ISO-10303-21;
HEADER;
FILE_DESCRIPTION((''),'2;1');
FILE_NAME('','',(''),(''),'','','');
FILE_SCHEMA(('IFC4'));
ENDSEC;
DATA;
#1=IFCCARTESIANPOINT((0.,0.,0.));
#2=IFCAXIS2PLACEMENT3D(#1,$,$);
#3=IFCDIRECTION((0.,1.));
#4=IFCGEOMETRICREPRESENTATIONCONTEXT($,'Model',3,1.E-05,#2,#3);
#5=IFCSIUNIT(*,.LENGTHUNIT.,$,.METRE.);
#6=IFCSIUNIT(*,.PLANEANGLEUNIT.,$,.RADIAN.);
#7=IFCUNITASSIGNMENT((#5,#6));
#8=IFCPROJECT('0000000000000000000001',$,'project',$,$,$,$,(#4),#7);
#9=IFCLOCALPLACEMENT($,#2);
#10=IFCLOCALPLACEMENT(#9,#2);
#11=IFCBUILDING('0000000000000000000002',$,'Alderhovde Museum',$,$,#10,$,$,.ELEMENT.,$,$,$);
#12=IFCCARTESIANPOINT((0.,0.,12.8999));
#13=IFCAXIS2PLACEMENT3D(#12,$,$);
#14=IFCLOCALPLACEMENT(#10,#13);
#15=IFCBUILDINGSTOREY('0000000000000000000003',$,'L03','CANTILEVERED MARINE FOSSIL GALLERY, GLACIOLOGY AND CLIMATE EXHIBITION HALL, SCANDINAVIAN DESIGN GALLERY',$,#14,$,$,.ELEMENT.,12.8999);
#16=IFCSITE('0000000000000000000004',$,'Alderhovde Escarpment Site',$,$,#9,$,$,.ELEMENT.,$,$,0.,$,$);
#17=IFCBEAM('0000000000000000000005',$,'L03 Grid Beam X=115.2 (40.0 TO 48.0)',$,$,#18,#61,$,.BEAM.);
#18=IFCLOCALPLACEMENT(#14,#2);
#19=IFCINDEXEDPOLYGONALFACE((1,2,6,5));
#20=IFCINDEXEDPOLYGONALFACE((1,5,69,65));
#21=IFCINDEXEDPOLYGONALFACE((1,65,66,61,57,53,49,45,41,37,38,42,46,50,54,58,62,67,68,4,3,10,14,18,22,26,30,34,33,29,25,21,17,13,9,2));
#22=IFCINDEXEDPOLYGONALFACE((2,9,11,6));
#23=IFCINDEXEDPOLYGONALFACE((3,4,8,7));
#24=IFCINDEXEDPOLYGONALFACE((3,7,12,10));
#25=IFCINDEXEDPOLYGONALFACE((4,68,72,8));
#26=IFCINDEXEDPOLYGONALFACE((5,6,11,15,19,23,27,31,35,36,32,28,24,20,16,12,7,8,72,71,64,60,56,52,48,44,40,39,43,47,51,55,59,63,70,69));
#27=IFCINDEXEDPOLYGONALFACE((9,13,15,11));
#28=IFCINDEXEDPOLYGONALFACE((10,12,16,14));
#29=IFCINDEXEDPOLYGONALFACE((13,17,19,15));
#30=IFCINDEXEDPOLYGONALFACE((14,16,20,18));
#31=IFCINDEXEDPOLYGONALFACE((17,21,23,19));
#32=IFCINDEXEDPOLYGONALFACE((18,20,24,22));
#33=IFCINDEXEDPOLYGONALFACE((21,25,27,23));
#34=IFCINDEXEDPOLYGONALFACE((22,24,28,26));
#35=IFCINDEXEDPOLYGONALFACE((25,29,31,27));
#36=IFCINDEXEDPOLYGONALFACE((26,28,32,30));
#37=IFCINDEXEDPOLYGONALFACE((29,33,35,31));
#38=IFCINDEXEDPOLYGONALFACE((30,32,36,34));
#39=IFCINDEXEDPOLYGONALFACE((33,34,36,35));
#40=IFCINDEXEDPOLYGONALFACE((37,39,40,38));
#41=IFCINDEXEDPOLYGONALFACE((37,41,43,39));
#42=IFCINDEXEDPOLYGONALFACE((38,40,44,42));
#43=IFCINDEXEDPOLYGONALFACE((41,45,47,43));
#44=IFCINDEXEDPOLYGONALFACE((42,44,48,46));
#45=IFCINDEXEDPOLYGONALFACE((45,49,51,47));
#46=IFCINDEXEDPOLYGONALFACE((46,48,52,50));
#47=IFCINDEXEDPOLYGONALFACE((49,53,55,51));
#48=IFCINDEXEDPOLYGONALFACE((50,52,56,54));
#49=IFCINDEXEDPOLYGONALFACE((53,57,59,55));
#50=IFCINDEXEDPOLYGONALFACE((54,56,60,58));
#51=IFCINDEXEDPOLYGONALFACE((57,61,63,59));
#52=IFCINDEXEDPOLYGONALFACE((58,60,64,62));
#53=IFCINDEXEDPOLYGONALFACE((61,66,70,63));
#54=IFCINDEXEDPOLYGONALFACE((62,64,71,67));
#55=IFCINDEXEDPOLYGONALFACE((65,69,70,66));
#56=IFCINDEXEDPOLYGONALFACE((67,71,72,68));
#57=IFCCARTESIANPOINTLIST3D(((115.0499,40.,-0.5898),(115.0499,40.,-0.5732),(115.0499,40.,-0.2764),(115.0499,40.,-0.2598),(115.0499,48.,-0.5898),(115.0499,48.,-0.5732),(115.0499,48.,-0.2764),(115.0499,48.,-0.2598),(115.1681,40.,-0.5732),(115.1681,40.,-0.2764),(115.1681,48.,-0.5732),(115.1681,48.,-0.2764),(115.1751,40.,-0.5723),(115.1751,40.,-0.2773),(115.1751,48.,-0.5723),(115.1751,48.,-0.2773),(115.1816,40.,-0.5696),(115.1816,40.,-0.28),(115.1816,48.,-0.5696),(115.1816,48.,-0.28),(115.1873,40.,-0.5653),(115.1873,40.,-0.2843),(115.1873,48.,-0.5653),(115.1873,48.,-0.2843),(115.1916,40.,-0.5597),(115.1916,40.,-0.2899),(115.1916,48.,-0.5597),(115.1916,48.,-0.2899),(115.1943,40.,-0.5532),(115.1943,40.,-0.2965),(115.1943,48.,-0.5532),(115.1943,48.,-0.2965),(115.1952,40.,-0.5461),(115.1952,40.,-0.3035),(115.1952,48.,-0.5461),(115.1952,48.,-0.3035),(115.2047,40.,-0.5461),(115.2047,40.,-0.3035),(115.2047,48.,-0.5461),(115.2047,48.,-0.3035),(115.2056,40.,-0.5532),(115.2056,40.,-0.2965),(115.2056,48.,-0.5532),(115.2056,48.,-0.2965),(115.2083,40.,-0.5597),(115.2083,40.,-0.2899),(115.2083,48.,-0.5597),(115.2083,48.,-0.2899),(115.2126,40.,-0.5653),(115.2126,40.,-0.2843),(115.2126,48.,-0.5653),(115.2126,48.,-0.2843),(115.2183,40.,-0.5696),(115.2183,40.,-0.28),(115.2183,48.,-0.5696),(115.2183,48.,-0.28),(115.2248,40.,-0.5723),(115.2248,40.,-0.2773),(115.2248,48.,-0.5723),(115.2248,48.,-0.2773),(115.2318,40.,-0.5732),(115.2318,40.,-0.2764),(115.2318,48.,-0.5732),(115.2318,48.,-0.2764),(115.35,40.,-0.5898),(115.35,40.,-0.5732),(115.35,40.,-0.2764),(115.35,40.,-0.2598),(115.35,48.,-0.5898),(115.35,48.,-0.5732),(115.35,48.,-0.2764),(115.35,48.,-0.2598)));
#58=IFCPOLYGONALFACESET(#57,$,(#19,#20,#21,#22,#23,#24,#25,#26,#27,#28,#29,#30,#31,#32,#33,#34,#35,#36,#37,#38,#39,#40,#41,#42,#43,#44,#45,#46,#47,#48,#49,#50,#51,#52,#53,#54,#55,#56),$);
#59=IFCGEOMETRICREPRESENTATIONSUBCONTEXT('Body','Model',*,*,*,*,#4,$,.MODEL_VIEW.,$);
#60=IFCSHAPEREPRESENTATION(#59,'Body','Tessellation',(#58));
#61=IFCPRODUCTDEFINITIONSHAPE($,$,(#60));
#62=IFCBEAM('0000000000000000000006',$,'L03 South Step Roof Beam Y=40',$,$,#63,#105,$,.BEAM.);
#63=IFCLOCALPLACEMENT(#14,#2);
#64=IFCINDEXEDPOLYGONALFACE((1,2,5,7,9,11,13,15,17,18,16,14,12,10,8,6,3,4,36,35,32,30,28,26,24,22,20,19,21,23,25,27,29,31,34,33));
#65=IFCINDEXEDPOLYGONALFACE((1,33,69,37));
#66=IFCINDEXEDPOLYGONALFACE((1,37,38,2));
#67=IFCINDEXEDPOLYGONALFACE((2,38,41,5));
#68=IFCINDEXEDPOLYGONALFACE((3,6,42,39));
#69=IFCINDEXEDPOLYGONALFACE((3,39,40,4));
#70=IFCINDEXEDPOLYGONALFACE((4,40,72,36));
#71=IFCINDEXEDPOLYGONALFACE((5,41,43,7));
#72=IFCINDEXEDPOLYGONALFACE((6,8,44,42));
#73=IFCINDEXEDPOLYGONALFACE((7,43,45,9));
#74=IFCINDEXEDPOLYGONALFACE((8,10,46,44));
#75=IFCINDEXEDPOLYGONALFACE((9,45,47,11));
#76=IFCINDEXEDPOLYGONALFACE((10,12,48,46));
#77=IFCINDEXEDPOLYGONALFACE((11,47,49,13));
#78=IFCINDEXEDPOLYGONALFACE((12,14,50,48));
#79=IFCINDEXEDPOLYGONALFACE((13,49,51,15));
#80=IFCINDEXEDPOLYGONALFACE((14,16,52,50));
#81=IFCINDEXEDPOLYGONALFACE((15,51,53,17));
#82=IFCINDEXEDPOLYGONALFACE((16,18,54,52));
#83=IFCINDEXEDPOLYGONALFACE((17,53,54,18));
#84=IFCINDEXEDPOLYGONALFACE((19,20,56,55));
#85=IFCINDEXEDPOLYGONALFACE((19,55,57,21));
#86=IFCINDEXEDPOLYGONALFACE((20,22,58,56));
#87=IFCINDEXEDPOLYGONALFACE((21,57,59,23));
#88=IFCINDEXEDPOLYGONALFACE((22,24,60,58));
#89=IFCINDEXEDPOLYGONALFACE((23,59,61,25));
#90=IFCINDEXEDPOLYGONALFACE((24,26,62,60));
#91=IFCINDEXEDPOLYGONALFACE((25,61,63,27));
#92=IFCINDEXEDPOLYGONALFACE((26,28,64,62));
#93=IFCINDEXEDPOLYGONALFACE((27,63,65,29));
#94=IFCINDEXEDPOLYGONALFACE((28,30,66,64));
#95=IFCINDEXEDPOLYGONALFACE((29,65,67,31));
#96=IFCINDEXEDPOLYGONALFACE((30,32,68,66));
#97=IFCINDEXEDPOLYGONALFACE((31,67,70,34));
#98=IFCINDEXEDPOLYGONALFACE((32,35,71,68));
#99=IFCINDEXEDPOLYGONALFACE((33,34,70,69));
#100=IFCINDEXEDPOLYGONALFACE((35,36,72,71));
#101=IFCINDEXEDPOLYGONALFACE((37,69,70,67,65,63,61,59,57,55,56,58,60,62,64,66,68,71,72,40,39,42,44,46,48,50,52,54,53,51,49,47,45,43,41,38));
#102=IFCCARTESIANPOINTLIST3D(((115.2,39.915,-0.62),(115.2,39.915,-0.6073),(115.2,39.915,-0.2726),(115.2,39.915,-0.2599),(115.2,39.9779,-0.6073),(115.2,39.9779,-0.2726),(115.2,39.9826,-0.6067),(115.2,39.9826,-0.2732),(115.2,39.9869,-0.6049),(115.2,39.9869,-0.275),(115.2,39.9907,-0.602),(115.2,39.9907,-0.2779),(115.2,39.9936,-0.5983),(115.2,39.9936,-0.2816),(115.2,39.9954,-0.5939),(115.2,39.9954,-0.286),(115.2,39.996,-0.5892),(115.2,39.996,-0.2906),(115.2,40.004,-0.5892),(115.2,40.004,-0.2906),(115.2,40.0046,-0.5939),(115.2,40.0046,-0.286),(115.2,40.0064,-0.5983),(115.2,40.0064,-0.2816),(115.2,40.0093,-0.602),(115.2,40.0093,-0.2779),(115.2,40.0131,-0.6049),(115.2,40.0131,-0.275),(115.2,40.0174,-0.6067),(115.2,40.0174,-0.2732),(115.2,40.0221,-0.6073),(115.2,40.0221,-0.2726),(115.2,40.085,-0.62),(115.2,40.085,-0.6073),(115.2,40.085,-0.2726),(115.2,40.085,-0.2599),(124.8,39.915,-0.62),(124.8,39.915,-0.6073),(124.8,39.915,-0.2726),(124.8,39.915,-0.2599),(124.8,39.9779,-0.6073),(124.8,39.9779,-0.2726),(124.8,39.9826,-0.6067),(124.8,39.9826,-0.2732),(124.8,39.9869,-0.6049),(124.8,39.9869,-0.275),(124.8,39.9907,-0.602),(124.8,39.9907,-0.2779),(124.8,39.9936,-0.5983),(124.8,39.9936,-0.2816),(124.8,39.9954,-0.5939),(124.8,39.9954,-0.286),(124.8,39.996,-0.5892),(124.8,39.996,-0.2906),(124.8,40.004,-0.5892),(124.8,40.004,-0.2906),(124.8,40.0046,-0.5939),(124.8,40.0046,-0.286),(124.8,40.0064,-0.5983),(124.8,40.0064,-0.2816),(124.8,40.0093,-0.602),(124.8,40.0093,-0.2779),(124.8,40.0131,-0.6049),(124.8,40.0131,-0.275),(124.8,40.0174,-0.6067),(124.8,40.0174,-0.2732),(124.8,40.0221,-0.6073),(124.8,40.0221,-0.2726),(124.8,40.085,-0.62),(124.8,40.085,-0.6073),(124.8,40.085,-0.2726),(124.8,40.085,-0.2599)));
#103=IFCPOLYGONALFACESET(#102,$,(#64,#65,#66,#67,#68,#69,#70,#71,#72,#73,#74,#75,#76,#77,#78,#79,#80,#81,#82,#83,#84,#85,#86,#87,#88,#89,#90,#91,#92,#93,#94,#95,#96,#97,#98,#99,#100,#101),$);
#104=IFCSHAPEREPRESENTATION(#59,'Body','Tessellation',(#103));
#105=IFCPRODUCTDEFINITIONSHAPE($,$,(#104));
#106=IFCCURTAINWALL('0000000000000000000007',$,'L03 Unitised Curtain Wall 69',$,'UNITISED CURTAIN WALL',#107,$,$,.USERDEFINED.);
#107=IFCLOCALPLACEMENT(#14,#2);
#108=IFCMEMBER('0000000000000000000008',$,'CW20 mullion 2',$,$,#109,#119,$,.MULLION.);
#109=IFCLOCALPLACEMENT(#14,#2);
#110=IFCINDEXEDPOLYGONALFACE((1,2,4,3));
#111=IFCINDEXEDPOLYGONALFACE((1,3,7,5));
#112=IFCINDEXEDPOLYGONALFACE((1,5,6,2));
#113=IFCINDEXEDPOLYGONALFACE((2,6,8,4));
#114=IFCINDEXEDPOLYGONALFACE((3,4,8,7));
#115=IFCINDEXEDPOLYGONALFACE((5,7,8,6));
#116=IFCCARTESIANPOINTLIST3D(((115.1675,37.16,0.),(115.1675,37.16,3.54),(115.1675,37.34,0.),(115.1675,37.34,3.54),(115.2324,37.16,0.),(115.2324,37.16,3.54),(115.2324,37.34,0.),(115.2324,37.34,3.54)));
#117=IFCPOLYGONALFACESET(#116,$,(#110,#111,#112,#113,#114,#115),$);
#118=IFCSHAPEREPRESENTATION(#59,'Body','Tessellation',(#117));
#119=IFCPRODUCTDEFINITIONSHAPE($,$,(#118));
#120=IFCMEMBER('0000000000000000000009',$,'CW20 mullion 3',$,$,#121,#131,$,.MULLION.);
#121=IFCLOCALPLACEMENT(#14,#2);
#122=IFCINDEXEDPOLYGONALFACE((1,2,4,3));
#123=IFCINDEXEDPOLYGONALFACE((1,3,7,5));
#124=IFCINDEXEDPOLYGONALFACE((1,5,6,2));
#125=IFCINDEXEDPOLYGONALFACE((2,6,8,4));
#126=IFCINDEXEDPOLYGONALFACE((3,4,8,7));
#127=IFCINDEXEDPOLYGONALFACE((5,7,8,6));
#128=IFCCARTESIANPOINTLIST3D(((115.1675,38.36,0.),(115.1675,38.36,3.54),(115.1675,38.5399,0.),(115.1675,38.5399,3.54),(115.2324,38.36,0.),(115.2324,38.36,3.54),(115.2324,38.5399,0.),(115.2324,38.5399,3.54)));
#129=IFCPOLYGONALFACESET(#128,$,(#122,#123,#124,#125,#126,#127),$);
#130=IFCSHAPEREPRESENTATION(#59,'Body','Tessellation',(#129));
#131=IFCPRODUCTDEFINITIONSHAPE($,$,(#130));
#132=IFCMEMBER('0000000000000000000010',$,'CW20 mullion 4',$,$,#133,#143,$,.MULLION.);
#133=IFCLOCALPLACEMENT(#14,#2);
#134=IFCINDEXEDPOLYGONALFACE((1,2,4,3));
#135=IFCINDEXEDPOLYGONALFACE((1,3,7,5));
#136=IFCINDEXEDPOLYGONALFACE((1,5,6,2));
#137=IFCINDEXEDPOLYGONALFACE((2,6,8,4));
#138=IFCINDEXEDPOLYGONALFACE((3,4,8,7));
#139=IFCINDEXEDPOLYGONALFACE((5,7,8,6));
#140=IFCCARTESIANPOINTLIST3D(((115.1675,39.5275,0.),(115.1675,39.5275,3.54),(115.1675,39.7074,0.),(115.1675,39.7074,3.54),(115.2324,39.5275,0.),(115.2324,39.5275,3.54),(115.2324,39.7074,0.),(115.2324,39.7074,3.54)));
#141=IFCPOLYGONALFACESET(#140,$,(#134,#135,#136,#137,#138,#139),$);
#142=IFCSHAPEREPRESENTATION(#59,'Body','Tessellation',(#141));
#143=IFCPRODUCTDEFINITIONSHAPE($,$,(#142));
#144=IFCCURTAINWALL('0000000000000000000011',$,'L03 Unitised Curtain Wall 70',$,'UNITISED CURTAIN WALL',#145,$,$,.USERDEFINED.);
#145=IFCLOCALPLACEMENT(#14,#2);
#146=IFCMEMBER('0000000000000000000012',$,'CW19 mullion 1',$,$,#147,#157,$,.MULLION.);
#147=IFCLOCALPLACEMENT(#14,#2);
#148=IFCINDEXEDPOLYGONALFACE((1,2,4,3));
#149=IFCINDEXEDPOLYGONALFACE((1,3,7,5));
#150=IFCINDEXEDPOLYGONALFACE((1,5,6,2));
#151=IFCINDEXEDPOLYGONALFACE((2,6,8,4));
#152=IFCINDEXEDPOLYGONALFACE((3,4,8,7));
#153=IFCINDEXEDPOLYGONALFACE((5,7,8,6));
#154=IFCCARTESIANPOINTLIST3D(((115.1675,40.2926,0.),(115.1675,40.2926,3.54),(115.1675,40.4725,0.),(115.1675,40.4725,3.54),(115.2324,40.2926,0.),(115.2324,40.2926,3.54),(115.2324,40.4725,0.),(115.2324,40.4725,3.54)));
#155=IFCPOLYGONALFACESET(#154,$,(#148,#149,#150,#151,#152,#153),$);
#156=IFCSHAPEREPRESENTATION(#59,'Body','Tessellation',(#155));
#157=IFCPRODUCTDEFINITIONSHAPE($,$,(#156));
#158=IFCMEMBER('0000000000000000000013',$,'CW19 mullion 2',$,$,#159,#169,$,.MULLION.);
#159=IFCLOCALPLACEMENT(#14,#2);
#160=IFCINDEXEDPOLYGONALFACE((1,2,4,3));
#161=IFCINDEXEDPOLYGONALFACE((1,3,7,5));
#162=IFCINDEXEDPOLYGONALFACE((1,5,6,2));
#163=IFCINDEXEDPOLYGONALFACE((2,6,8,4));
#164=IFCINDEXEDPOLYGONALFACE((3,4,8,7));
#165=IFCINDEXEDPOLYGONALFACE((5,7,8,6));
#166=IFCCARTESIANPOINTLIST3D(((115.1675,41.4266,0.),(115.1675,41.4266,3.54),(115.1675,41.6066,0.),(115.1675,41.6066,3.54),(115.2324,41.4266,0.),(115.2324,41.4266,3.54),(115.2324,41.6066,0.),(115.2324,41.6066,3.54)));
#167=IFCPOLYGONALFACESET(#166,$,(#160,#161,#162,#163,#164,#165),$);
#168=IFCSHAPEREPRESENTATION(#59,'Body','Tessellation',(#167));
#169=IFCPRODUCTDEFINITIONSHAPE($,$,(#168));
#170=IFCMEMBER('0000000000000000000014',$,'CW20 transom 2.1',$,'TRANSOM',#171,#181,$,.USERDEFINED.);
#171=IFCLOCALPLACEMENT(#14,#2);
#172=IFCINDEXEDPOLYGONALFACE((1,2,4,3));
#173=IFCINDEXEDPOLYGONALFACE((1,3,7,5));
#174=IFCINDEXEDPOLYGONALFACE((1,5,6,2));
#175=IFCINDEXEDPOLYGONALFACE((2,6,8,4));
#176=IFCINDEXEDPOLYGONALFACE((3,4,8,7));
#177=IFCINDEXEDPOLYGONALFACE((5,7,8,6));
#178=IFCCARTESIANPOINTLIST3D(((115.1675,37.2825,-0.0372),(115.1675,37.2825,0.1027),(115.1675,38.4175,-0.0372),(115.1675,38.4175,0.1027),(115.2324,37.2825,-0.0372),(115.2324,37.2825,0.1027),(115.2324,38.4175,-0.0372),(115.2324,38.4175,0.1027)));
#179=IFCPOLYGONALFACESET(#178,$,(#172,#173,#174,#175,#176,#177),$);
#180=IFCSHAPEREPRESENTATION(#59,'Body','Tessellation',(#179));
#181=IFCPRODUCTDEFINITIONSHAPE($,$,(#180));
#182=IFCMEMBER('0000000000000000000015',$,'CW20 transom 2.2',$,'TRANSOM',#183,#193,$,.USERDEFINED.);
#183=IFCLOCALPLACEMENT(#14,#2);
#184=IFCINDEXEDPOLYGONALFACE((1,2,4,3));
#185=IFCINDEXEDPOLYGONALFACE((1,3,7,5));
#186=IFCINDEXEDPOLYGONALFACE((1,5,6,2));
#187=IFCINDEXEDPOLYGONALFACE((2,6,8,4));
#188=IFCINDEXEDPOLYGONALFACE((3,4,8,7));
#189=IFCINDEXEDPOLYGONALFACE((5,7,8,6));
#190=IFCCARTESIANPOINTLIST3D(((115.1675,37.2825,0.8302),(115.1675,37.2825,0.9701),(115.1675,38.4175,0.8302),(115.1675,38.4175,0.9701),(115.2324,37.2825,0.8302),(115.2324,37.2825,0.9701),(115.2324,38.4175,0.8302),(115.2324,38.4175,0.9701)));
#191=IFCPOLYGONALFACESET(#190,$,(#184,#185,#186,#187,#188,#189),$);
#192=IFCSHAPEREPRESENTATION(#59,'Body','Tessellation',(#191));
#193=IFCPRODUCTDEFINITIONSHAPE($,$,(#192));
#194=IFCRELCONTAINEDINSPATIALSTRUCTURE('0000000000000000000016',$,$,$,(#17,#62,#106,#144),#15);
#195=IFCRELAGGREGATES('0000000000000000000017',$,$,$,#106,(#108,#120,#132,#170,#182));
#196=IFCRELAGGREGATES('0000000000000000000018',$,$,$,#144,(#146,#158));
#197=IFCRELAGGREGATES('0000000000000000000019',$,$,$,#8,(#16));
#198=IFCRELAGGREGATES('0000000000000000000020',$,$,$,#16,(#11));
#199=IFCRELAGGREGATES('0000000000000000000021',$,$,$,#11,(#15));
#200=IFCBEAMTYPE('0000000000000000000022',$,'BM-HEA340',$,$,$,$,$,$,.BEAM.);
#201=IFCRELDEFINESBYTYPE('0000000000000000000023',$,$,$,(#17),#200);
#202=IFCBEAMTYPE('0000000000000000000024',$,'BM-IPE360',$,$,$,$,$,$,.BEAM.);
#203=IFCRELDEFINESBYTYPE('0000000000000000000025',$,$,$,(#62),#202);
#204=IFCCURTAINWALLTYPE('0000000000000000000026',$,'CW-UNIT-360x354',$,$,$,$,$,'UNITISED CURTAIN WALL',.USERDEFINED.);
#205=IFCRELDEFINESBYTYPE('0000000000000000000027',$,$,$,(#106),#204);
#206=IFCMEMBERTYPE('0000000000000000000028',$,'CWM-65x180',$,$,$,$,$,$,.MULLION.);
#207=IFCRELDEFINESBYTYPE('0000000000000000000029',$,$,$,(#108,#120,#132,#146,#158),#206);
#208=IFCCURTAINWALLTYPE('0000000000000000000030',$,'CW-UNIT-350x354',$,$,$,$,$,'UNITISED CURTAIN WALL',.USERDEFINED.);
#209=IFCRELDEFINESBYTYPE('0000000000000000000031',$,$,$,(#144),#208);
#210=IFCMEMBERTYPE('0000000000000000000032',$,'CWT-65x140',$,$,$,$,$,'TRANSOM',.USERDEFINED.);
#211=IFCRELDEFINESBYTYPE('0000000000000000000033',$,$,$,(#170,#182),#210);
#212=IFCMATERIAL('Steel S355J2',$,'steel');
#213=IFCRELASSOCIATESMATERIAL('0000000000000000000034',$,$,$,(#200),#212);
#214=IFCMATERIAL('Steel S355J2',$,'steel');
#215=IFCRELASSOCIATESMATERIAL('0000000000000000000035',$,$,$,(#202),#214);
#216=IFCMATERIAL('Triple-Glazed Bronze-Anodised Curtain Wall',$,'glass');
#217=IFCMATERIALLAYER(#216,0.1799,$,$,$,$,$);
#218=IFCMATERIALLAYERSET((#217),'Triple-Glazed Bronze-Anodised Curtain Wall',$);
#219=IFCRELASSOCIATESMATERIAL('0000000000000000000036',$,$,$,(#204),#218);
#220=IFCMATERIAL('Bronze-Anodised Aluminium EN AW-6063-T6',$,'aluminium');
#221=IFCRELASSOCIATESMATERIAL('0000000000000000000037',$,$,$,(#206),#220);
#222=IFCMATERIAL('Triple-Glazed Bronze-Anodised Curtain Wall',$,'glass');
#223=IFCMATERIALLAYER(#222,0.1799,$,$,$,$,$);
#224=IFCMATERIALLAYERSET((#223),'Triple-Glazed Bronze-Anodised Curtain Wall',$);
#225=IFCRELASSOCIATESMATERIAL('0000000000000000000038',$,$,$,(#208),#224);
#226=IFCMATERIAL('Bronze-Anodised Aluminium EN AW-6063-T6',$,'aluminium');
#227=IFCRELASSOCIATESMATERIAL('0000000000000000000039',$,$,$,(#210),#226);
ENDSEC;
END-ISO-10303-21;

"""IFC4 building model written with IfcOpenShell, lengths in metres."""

from ifc_helpers import new_model, si_unit, direction, frame, origin, origin_2d, place, context, subcontext, project, spatial, rectangle, i_section, extrude, material, layer, layer_set, material_profile, profile_set, type_object, element, aggregate, save


model = new_model("IFC4")

# Units and contexts
model_context = context("Model", 3, precision=1e-05, world=origin(), true_north=direction((0.0, 1.0)))
body_context = subcontext(model_context, "Body", "Model", "MODEL_VIEW")
ifc_project = project(units=[si_unit("LENGTHUNIT", "METRE"), si_unit("PLANEANGLEUNIT", "RADIAN")], contexts=[model_context])

# Site, building, storey
site_placement = place(None, origin())
site = spatial("IfcSite", under=ifc_project, at=site_placement, Name="Alderhovde Escarpment Site", CompositionType="ELEMENT", RefElevation=0.0)
building_placement = place(site_placement, origin())
building = spatial("IfcBuilding", under=site, at=building_placement, Name="Alderhovde Museum", CompositionType="ELEMENT")
storey_placement = place(building_placement, frame((0.0, 0.0, 12.8999)))
storey = spatial("IfcBuildingStorey", under=building, at=storey_placement, Name="L03", Description="CANTILEVERED MARINE FOSSIL GALLERY, GLACIOLOGY AND CLIMATE EXHIBITION HALL, SCANDINAVIAN DESIGN GALLERY", CompositionType="ELEMENT", Elevation=12.8999)

# Beams
ifc_material_1 = material(Name="Steel S355J2", Category="steel")
ifc_material_profile_1 = material_profile(ifc_material_1, i_section(OverallWidth=0.3, OverallDepth=0.3301, WebThickness=0.0095, FlangeThickness=0.0166, FilletRadius=0.0271, at=origin_2d()), Name="HEA 340")
ifc_profile_set_1 = profile_set([ifc_material_profile_1], Name="Steel S355J2")
beam_type_1 = type_object("IfcBeamType", Name="BM-HEA340", PredefinedType="BEAM", material=ifc_profile_set_1)
beam_1_placement = place(storey_placement, frame((115.2, 40.0, -0.4248), z_axis=(0.0, 1.0, 0.0), x_axis=(-1.0, 0.0, 0.0)))
element("IfcBeam", 1, at=beam_1_placement, inside=storey, type_object=beam_type_1, Name="L03 Grid Beam X=115.2 (40.0 TO 48.0)", PredefinedType="BEAM", context=body_context, shape_type="SweptSolid", body=[
    extrude(i_section(OverallWidth=0.3, OverallDepth=0.3301, WebThickness=0.0095, FlangeThickness=0.0166, FilletRadius=0.0271, at=origin_2d()), origin(), (0.0, 0.0, 1.0), 8.0),
])
ifc_material_2 = material(Name="Steel S355J2", Category="steel")
ifc_material_profile_2 = material_profile(ifc_material_2, i_section(OverallWidth=0.1699, OverallDepth=0.3601, WebThickness=0.0081, FlangeThickness=0.0127, FilletRadius=0.0181, at=origin_2d()), Name="IPE 360")
ifc_profile_set_2 = profile_set([ifc_material_profile_2], Name="Steel S355J2")
beam_type_2 = type_object("IfcBeamType", Name="BM-IPE360", PredefinedType="BEAM", material=ifc_profile_set_2)
beam_2_placement = place(storey_placement, frame((115.2, 40.0, -0.4399), z_axis=(1.0, 0.0, 0.0), x_axis=(0.0, 1.0, 0.0)))
element("IfcBeam", 2, at=beam_2_placement, inside=storey, type_object=beam_type_2, Name="L03 South Step Roof Beam Y=40", PredefinedType="BEAM", context=body_context, shape_type="SweptSolid", body=[
    extrude(i_section(OverallWidth=0.1699, OverallDepth=0.3601, WebThickness=0.0081, FlangeThickness=0.0127, FilletRadius=0.0181, at=origin_2d()), origin(), (0.0, 0.0, 1.0), 9.6001),
])

# Curtain walls, members
ifc_material_3 = material(Name="Triple-Glazed Bronze-Anodised Curtain Wall", Category="glass")
ifc_layer_1 = layer(ifc_material_3, 0.1799)
ifc_layer_set_1 = layer_set([ifc_layer_1], Name="Triple-Glazed Bronze-Anodised Curtain Wall")
curtain_wall_type_1 = type_object("IfcCurtainWallType", Name="CW-UNIT-360x354", ElementType="UNITISED CURTAIN WALL", PredefinedType="USERDEFINED", material=ifc_layer_set_1)
curtain_wall_1_placement = place(storey_placement, origin())
curtain_wall_1 = element("IfcCurtainWall", 3, at=curtain_wall_1_placement, inside=storey, type_object=curtain_wall_type_1, Name="L03 Unitised Curtain Wall 69", ObjectType="UNITISED CURTAIN WALL", PredefinedType="USERDEFINED")
ifc_material_4 = material(Name="Bronze-Anodised Aluminium EN AW-6063-T6", Category="aluminium")
ifc_material_profile_3 = material_profile(ifc_material_4, rectangle(XDim=0.0649, YDim=0.1799, at=origin_2d()), Name="MULLION 65x180")
ifc_profile_set_3 = profile_set([ifc_material_profile_3], Name="Bronze-Anodised Aluminium EN AW-6063-T6")
member_type_1 = type_object("IfcMemberType", Name="CWM-65x180", PredefinedType="MULLION", material=ifc_profile_set_3)
member_1_placement = place(storey_placement, frame((115.2, 37.25, 0.0), z_axis=(0.0, 0.0, 1.0), x_axis=(-1.0, 0.0, 0.0)))
member_1 = element("IfcMember", 4, at=member_1_placement, type_object=member_type_1, Name="CW20 mullion 2", PredefinedType="MULLION", context=body_context, shape_type="SweptSolid", body=[
    extrude(rectangle(XDim=0.0649, YDim=0.1799, at=origin_2d()), origin(), (0.0, 0.0, 1.0), 3.54),
])
member_2_placement = place(storey_placement, frame((115.2, 38.45, 0.0), z_axis=(0.0, 0.0, 1.0), x_axis=(-1.0, 0.0, 0.0)))
member_2 = element("IfcMember", 5, at=member_2_placement, type_object=member_type_1, Name="CW20 mullion 3", PredefinedType="MULLION", context=body_context, shape_type="SweptSolid", body=[
    extrude(rectangle(XDim=0.0649, YDim=0.1799, at=origin_2d()), origin(), (0.0, 0.0, 1.0), 3.54),
])
member_3_placement = place(storey_placement, frame((115.2, 39.6174, 0.0), z_axis=(0.0, 0.0, 1.0), x_axis=(-1.0, 0.0, 0.0)))
member_3 = element("IfcMember", 6, at=member_3_placement, type_object=member_type_1, Name="CW20 mullion 4", PredefinedType="MULLION", context=body_context, shape_type="SweptSolid", body=[
    extrude(rectangle(XDim=0.0649, YDim=0.1799, at=origin_2d()), origin(), (0.0, 0.0, 1.0), 3.54),
])
ifc_material_5 = material(Name="Triple-Glazed Bronze-Anodised Curtain Wall", Category="glass")
ifc_layer_2 = layer(ifc_material_5, 0.1799)
ifc_layer_set_2 = layer_set([ifc_layer_2], Name="Triple-Glazed Bronze-Anodised Curtain Wall")
curtain_wall_type_2 = type_object("IfcCurtainWallType", Name="CW-UNIT-350x354", ElementType="UNITISED CURTAIN WALL", PredefinedType="USERDEFINED", material=ifc_layer_set_2)
curtain_wall_2_placement = place(storey_placement, origin())
curtain_wall_2 = element("IfcCurtainWall", 7, at=curtain_wall_2_placement, inside=storey, type_object=curtain_wall_type_2, Name="L03 Unitised Curtain Wall 70", ObjectType="UNITISED CURTAIN WALL", PredefinedType="USERDEFINED")
member_4_placement = place(storey_placement, frame((115.2, 40.3826, 0.0), z_axis=(0.0, 0.0, 1.0), x_axis=(-1.0, 0.0, 0.0)))
member_4 = element("IfcMember", 8, at=member_4_placement, type_object=member_type_1, Name="CW19 mullion 1", PredefinedType="MULLION", context=body_context, shape_type="SweptSolid", body=[
    extrude(rectangle(XDim=0.0649, YDim=0.1799, at=origin_2d()), origin(), (0.0, 0.0, 1.0), 3.54),
])
member_5_placement = place(storey_placement, frame((115.2, 41.5166, 0.0), z_axis=(0.0, 0.0, 1.0), x_axis=(-1.0, 0.0, 0.0)))
member_5 = element("IfcMember", 9, at=member_5_placement, type_object=member_type_1, Name="CW19 mullion 2", PredefinedType="MULLION", context=body_context, shape_type="SweptSolid", body=[
    extrude(rectangle(XDim=0.0649, YDim=0.1799, at=origin_2d()), origin(), (0.0, 0.0, 1.0), 3.54),
])

# Members
ifc_material_6 = material(Name="Bronze-Anodised Aluminium EN AW-6063-T6", Category="aluminium")
ifc_material_profile_4 = material_profile(ifc_material_6, rectangle(XDim=0.0649, YDim=0.1399, at=origin_2d()), Name="TRANSOM 65x140")
ifc_profile_set_4 = profile_set([ifc_material_profile_4], Name="Bronze-Anodised Aluminium EN AW-6063-T6")
member_type_2 = type_object("IfcMemberType", Name="CWT-65x140", ElementType="TRANSOM", PredefinedType="USERDEFINED", material=ifc_profile_set_4)
member_6_placement = place(storey_placement, frame((115.2, 37.2825, 0.0327), z_axis=(0.0, 1.0, 0.0), x_axis=(-1.0, 0.0, 0.0)))
member_6 = element("IfcMember", 10, at=member_6_placement, type_object=member_type_2, Name="CW20 transom 2.1", ObjectType="TRANSOM", PredefinedType="USERDEFINED", context=body_context, shape_type="SweptSolid", body=[
    extrude(rectangle(XDim=0.0649, YDim=0.1399, at=origin_2d()), origin(), (0.0, 0.0, 1.0), 1.135),
])
member_7_placement = place(storey_placement, frame((115.2, 37.2825, 0.9001), z_axis=(0.0, 1.0, 0.0), x_axis=(-1.0, 0.0, 0.0)))
member_7 = element("IfcMember", 11, at=member_7_placement, type_object=member_type_2, Name="CW20 transom 2.2", ObjectType="TRANSOM", PredefinedType="USERDEFINED", context=body_context, shape_type="SweptSolid", body=[
    extrude(rectangle(XDim=0.0649, YDim=0.1399, at=origin_2d()), origin(), (0.0, 0.0, 1.0), 1.135),
])

aggregate(curtain_wall_1, [member_1, member_2, member_3, member_6, member_7])
aggregate(curtain_wall_2, [member_4, member_5])

save(model, "model.ifc")
